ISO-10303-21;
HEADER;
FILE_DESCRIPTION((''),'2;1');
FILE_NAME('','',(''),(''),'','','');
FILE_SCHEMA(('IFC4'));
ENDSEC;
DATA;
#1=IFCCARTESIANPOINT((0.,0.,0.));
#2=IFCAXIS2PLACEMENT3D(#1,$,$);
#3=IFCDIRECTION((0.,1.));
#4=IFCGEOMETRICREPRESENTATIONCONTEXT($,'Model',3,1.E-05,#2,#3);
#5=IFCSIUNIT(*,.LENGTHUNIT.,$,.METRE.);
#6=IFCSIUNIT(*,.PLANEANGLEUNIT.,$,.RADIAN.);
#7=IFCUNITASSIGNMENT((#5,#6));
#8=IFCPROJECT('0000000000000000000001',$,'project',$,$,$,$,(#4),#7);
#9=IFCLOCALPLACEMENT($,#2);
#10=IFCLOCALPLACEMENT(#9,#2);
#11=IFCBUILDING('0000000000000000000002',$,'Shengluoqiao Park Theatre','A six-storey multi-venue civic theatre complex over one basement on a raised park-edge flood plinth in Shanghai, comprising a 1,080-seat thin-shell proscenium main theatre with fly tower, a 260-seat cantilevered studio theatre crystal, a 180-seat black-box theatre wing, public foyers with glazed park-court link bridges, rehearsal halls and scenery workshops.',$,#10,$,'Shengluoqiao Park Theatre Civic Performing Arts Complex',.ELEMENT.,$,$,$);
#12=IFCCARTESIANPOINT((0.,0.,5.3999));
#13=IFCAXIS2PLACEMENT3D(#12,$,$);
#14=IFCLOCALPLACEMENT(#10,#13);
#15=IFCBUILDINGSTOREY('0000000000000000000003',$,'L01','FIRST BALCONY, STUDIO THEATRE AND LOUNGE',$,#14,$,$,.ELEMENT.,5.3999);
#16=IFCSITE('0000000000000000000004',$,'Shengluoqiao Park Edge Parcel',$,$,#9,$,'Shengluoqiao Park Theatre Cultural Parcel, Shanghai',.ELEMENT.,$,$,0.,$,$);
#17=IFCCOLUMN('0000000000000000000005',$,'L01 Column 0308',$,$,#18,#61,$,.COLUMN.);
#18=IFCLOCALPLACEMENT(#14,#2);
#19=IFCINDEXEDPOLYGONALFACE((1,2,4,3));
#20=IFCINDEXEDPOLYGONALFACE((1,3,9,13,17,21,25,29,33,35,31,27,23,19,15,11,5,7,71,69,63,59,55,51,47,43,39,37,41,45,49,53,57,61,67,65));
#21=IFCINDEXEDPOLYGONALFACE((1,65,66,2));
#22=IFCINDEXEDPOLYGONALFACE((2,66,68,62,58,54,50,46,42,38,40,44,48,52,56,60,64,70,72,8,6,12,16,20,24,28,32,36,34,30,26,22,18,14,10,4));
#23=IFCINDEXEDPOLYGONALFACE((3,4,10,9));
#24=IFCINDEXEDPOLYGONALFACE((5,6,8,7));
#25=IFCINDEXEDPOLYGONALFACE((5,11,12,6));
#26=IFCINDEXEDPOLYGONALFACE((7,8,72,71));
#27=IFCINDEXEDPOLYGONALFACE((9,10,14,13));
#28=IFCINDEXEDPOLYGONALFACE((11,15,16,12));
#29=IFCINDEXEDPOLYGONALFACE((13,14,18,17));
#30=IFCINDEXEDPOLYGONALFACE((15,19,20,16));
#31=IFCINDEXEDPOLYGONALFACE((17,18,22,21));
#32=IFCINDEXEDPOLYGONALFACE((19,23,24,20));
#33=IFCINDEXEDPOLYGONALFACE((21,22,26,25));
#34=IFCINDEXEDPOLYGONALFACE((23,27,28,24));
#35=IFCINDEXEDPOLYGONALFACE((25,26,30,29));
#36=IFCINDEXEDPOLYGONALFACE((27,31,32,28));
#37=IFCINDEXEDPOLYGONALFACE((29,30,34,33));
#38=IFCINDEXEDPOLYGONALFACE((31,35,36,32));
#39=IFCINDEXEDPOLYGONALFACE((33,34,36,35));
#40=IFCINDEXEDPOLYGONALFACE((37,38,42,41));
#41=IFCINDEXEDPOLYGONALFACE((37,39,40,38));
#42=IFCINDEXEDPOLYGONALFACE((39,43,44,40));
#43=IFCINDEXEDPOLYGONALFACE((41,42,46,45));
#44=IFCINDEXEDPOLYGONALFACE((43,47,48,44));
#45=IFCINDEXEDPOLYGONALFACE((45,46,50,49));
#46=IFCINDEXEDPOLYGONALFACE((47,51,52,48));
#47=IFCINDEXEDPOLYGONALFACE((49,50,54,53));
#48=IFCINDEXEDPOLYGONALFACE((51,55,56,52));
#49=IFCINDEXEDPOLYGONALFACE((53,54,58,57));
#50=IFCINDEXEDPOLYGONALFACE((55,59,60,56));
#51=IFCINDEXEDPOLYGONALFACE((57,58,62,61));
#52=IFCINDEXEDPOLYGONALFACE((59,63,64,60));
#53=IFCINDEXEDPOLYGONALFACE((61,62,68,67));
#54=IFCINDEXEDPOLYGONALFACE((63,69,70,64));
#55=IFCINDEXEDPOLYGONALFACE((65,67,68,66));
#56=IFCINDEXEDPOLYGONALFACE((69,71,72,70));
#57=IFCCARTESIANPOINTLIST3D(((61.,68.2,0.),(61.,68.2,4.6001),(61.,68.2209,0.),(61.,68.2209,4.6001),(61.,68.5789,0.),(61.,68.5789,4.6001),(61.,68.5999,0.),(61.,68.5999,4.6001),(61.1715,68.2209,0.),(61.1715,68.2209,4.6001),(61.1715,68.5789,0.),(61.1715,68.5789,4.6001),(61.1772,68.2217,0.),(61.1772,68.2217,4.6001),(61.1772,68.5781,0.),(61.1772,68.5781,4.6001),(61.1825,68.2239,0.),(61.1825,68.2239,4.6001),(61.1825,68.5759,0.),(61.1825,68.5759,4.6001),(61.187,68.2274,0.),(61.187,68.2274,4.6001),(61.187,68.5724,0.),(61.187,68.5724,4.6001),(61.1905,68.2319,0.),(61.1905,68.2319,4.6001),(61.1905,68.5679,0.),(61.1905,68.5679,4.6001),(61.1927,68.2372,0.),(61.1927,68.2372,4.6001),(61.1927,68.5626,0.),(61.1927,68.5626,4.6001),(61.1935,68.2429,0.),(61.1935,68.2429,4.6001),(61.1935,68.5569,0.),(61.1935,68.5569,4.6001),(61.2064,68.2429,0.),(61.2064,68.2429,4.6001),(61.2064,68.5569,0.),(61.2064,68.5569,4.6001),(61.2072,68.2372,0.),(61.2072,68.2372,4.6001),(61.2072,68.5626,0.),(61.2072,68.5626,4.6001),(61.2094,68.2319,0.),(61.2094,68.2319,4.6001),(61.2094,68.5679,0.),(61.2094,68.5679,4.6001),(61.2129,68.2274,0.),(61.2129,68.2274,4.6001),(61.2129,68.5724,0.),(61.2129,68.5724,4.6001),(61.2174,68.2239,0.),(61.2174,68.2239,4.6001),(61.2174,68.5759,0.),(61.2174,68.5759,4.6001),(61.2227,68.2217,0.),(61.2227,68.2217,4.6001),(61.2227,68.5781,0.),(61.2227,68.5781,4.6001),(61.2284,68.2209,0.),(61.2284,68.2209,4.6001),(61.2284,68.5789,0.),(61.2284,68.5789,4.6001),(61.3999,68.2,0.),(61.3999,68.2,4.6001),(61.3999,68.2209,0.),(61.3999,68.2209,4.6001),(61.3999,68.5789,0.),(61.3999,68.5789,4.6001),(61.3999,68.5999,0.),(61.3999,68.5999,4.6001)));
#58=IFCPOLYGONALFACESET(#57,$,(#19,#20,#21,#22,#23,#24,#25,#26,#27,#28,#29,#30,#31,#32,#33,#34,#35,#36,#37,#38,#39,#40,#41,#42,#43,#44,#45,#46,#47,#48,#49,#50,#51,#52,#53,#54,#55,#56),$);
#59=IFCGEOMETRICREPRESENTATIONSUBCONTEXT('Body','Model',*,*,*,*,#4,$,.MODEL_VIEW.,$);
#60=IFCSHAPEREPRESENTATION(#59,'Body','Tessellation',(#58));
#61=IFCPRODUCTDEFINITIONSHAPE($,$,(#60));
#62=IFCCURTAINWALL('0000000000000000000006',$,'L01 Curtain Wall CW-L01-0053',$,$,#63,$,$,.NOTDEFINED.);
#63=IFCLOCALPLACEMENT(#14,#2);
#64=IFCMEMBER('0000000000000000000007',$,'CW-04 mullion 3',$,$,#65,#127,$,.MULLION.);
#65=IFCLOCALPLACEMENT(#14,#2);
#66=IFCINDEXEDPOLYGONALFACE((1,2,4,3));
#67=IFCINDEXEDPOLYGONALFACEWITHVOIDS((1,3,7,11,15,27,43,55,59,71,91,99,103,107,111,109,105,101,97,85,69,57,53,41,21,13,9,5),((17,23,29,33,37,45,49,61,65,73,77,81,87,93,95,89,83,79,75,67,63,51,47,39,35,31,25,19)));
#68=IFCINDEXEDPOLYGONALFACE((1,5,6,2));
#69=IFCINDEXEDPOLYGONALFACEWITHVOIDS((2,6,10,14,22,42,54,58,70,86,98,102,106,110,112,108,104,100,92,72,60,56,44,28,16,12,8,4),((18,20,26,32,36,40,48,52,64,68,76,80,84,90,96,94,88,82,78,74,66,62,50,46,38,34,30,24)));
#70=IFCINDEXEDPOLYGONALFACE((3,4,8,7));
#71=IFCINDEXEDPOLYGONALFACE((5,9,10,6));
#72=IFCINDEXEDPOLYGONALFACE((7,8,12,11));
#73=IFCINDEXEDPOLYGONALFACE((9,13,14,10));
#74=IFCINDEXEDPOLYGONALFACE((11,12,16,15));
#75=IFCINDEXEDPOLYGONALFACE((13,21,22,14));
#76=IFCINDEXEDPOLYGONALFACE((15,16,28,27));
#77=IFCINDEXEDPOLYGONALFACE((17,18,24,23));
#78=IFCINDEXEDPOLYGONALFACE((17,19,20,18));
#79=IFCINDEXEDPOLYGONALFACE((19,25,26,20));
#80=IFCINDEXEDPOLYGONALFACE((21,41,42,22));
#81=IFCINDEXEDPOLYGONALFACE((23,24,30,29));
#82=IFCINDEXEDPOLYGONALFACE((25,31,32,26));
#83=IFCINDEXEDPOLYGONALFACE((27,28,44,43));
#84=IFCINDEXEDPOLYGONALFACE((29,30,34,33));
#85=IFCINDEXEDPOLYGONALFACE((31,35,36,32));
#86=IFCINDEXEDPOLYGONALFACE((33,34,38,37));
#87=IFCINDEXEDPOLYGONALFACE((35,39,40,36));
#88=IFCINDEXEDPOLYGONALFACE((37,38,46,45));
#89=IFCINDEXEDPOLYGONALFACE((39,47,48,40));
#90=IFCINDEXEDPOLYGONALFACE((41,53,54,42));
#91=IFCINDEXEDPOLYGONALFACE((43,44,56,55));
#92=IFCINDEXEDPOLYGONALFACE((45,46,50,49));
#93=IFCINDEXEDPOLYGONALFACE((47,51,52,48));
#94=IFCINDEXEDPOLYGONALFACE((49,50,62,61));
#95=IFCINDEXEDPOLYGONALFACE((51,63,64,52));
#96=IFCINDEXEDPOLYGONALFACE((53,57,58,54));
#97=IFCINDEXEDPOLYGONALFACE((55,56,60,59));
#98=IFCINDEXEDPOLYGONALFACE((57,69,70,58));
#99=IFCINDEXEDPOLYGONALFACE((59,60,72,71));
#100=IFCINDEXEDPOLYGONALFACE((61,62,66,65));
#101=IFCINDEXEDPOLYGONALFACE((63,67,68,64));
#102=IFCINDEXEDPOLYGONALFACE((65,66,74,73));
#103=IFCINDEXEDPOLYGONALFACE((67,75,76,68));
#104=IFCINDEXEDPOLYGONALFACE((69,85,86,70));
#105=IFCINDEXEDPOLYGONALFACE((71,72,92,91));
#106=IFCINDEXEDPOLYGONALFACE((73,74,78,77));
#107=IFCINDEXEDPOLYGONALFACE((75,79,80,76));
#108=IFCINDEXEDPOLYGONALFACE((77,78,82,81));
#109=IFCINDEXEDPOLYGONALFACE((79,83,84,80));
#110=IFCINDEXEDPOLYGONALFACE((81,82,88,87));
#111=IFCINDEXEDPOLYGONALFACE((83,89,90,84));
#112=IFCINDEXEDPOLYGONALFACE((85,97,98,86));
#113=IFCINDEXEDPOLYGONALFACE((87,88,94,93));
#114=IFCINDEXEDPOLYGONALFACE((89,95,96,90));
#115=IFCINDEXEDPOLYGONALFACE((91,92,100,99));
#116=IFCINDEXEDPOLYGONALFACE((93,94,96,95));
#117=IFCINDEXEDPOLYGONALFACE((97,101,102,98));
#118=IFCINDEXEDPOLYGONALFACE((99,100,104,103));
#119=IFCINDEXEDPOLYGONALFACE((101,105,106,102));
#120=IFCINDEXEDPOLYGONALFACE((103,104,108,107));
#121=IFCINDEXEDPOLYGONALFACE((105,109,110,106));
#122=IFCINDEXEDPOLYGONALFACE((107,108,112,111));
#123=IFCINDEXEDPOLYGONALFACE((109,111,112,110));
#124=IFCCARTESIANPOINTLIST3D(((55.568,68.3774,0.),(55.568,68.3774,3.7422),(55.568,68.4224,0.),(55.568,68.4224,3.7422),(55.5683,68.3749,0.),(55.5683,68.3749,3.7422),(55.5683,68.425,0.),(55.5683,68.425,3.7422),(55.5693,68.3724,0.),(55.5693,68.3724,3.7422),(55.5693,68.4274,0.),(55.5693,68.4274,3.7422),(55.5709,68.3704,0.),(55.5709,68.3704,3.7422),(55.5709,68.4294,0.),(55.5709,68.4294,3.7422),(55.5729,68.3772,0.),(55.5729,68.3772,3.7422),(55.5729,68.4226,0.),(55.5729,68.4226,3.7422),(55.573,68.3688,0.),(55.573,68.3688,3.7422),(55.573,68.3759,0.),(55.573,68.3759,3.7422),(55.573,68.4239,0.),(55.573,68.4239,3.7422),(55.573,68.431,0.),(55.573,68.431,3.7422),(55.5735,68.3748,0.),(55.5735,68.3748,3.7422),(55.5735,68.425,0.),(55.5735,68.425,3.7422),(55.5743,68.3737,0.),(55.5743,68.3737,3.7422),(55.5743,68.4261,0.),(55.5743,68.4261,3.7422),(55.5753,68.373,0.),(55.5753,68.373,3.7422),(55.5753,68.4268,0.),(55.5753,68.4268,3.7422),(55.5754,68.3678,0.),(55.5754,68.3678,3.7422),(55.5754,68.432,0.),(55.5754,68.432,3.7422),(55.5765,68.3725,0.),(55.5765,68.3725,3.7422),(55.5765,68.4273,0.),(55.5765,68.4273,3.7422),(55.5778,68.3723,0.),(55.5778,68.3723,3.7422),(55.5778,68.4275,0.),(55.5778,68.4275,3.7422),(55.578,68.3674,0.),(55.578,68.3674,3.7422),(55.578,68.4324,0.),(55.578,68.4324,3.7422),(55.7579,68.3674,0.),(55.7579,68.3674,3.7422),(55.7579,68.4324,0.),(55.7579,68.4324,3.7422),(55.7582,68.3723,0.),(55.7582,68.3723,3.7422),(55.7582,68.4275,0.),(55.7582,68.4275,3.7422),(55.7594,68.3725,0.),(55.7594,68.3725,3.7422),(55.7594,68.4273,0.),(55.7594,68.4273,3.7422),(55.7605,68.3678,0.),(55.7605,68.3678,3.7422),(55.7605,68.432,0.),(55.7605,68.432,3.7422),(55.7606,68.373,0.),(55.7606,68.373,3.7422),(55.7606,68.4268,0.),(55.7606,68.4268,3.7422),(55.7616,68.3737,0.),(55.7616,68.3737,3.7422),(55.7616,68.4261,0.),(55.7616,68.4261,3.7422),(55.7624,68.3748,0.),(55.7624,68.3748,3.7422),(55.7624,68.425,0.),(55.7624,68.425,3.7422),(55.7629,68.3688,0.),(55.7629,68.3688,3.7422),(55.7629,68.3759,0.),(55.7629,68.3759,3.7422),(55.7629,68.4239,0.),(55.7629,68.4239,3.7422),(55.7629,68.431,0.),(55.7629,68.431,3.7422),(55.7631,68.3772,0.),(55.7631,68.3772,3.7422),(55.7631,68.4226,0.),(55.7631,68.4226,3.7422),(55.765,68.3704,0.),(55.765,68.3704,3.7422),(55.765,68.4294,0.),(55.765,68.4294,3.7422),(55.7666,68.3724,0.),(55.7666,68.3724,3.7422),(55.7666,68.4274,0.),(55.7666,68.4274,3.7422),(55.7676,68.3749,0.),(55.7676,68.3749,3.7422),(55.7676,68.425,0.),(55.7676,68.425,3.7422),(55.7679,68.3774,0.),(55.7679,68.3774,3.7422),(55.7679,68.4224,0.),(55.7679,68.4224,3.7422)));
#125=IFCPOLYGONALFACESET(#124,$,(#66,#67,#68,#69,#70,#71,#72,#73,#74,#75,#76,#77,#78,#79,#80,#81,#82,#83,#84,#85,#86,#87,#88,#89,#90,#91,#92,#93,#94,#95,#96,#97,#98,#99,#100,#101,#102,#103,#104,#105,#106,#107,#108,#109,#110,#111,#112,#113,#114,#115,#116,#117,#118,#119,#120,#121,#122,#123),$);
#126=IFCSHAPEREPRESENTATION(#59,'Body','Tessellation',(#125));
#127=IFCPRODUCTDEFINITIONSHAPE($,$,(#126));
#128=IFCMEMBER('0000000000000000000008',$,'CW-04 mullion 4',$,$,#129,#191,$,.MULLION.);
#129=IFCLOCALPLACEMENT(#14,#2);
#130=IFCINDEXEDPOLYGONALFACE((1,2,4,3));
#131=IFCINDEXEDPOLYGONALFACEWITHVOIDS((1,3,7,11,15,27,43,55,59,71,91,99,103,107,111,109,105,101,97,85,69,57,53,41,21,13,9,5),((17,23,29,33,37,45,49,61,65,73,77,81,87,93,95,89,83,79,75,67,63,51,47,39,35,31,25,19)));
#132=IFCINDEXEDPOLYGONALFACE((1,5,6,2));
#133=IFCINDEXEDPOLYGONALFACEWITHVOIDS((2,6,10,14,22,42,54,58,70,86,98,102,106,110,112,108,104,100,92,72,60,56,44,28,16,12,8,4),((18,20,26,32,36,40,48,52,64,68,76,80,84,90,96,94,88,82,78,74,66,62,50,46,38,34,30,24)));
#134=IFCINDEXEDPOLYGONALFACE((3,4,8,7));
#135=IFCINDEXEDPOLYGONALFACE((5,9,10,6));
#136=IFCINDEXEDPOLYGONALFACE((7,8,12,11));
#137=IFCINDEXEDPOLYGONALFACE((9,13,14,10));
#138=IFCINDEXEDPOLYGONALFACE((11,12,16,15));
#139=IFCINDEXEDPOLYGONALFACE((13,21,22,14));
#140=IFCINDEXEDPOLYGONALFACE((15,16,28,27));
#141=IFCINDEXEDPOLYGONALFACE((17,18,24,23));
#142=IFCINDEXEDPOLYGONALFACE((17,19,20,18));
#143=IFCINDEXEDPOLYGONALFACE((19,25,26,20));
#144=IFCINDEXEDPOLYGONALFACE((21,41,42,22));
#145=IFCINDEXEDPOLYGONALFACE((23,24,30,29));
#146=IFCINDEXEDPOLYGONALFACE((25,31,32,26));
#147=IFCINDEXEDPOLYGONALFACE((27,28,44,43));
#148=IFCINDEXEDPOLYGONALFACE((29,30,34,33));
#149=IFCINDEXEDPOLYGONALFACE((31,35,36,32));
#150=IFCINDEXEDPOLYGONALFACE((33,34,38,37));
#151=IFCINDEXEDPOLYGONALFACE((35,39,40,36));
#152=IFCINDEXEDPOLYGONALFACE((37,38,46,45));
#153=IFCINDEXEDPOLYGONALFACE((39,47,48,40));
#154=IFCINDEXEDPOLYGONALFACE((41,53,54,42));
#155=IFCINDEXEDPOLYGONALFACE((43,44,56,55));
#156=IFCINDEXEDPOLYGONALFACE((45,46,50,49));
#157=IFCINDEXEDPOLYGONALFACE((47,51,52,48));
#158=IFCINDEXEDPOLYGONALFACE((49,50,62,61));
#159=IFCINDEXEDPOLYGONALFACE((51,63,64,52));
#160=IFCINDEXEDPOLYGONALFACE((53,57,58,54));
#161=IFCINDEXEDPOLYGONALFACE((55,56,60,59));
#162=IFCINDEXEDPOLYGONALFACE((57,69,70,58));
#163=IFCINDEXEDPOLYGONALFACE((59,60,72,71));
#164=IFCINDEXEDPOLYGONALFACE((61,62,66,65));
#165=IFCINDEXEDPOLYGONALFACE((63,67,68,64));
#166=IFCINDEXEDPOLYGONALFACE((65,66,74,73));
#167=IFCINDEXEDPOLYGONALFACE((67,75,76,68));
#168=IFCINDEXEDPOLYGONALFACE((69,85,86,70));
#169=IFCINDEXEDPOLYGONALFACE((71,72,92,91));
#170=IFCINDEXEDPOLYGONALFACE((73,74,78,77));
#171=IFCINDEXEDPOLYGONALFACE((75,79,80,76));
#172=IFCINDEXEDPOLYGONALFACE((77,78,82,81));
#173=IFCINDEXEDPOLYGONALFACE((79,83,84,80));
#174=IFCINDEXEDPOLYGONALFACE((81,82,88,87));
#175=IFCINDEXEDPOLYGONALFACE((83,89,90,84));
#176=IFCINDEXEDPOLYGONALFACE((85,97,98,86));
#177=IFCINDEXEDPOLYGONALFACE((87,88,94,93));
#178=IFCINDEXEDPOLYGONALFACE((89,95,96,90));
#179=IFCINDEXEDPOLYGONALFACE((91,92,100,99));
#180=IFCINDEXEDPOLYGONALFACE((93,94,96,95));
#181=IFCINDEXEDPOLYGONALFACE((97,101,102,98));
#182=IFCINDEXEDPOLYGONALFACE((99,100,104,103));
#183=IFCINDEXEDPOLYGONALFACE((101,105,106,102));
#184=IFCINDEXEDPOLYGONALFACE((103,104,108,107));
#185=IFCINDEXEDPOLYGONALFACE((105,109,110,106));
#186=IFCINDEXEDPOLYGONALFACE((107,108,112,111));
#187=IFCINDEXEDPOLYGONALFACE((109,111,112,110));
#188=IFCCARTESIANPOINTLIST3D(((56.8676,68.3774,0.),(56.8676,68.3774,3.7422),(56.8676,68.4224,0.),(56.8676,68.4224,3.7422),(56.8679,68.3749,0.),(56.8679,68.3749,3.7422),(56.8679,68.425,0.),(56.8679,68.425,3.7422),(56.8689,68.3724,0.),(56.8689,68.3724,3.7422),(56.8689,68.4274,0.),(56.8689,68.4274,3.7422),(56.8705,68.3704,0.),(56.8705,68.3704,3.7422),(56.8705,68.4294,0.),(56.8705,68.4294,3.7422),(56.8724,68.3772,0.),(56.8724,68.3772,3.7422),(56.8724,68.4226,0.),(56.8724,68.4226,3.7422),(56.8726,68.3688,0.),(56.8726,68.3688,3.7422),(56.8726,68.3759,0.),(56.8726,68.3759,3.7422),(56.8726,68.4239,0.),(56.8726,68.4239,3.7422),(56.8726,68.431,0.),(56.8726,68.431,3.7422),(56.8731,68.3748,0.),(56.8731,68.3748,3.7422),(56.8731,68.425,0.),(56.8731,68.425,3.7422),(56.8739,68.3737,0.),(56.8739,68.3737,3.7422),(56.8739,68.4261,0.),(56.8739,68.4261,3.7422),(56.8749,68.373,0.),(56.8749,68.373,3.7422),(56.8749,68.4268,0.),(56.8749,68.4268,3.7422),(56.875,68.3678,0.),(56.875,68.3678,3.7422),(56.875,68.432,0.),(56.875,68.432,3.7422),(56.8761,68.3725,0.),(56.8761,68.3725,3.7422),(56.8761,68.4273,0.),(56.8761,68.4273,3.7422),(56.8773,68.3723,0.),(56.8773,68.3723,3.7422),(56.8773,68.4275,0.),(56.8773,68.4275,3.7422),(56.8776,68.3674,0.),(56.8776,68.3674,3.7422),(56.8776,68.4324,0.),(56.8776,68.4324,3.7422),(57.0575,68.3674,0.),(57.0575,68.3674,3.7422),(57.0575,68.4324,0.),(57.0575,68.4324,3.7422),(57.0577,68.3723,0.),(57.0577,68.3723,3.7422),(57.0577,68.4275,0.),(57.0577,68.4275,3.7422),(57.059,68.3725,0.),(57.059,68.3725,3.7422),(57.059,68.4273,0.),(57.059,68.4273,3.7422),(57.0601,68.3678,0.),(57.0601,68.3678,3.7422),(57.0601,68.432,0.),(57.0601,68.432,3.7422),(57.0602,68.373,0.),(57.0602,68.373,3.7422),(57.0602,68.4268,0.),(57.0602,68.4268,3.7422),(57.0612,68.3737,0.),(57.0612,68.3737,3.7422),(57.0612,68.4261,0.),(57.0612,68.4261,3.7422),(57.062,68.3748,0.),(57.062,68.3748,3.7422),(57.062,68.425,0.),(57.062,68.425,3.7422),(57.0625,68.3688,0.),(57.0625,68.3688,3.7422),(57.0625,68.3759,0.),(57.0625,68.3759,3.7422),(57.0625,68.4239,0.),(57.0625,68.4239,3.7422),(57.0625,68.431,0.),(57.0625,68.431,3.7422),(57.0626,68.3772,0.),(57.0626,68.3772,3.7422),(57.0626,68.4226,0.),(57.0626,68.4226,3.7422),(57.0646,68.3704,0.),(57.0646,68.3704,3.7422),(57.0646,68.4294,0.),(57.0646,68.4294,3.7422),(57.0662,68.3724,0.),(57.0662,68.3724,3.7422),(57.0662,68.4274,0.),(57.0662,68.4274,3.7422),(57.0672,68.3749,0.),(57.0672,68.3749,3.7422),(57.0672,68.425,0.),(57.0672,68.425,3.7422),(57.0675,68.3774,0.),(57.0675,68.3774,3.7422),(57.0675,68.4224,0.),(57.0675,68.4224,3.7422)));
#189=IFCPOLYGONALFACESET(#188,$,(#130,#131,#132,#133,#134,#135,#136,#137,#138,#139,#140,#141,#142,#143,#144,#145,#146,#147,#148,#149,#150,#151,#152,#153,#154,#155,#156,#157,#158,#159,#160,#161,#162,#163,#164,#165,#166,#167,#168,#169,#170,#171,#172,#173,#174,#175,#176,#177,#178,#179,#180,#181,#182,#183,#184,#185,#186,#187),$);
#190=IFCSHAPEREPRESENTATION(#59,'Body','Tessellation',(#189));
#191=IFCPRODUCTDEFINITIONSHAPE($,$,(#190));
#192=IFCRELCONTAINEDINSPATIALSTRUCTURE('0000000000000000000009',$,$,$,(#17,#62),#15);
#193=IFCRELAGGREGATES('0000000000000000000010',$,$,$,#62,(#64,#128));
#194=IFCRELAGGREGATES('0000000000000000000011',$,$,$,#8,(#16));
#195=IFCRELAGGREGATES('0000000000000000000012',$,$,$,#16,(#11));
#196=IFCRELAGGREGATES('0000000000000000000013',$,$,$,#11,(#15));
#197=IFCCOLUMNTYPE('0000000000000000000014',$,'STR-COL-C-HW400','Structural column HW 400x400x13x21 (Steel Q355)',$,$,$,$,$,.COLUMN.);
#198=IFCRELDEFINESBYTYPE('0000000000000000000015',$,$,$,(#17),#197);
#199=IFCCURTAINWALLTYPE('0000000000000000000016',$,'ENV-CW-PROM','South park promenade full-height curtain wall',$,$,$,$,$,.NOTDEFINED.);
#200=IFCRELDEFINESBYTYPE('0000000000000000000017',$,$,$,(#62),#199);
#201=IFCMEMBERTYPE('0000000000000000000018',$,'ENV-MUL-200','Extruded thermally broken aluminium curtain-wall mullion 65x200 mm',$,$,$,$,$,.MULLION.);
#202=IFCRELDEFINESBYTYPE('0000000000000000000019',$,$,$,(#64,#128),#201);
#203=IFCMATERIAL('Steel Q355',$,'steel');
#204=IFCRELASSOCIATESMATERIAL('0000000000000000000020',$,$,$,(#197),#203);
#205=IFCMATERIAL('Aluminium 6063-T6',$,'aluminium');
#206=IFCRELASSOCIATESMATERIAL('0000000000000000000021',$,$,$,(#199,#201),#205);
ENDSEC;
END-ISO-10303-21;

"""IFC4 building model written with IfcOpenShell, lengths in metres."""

from ifc_helpers import new_model, si_unit, direction, frame, origin, origin_2d, place, context, subcontext, project, spatial, hollow_rectangle, i_section, extrude, material, material_profile, profile_set, type_object, element, aggregate, save


model = new_model("IFC4")

# Units and contexts
model_context = context("Model", 3, precision=1e-05, world=origin(), true_north=direction((0.0, 1.0)))
body_context = subcontext(model_context, "Body", "Model", "MODEL_VIEW")
ifc_project = project(units=[si_unit("LENGTHUNIT", "METRE"), si_unit("PLANEANGLEUNIT", "RADIAN")], contexts=[model_context])

# Site, building, storey
site_placement = place(None, origin())
site = spatial("IfcSite", under=ifc_project, at=site_placement, Name="Shengluoqiao Park Edge Parcel", LongName="Shengluoqiao Park Theatre Cultural Parcel, Shanghai", CompositionType="ELEMENT", RefElevation=0.0)
building_placement = place(site_placement, origin())
building = spatial("IfcBuilding", under=site, at=building_placement, Name="Shengluoqiao Park Theatre", Description="A six-storey multi-venue civic theatre complex over one basement on a raised park-edge flood plinth in Shanghai, comprising a 1,080-seat thin-shell proscenium main theatre with fly tower, a 260-seat cantilevered studio theatre crystal, a 180-seat black-box theatre wing, public foyers with glazed park-court link bridges, rehearsal halls and scenery workshops.", LongName="Shengluoqiao Park Theatre Civic Performing Arts Complex", CompositionType="ELEMENT")
storey_placement = place(building_placement, frame((0.0, 0.0, 5.3999)))
storey = spatial("IfcBuildingStorey", under=building, at=storey_placement, Name="L01", Description="FIRST BALCONY, STUDIO THEATRE AND LOUNGE", CompositionType="ELEMENT", Elevation=5.3999)

# Column
ifc_material_1 = material(Name="Steel Q355", Category="steel")
ifc_material_profile_1 = material_profile(ifc_material_1, i_section(OverallWidth=0.3999, OverallDepth=0.3999, WebThickness=0.0129, FlangeThickness=0.021, FilletRadius=0.022, at=origin_2d()), Name="HW 400x400x13x21")
ifc_profile_set_1 = profile_set([ifc_material_profile_1], Name="Steel Q355")
column_type = type_object("IfcColumnType", Name="STR-COL-C-HW400", Description="Structural column HW 400x400x13x21 (Steel Q355)", PredefinedType="COLUMN", material=ifc_profile_set_1)
column_placement = place(storey_placement, frame((61.2, 68.3999, 0.0), z_axis=(0.0, 0.0, 1.0), x_axis=(1.0, 0.0, 0.0)))
element("IfcColumn", 1, at=column_placement, inside=storey, type_object=column_type, Name="L01 Column 0308", PredefinedType="COLUMN", context=body_context, shape_type="SweptSolid", body=[
    extrude(i_section(OverallWidth=0.3999, OverallDepth=0.3999, WebThickness=0.0129, FlangeThickness=0.021, FilletRadius=0.022, at=origin_2d()), origin(), (0.0, 0.0, 1.0), 4.6001),
])

# Curtain wall, members
ifc_material_2 = material(Name="Aluminium 6063-T6", Category="aluminium")
curtain_wall_type = type_object("IfcCurtainWallType", Name="ENV-CW-PROM", Description="South park promenade full-height curtain wall", PredefinedType="NOTDEFINED", material=ifc_material_2)
curtain_wall_1_placement = place(storey_placement, origin())
curtain_wall_1 = element("IfcCurtainWall", 2, at=curtain_wall_1_placement, inside=storey, type_object=curtain_wall_type, Name="L01 Curtain Wall CW-L01-0053", PredefinedType="NOTDEFINED")
ifc_material_profile_2 = material_profile(ifc_material_2, hollow_rectangle(XDim=0.0649, YDim=0.2, WallThickness=0.0049, InnerFilletRadius=0.0049, OuterFilletRadius=0.01, at=origin_2d()), Name="ALU MULLION 200x65x5")
ifc_profile_set_2 = profile_set([ifc_material_profile_2], Name="Aluminium 6063-T6")
member_type_1 = type_object("IfcMemberType", Name="ENV-MUL-200", Description="Extruded thermally broken aluminium curtain-wall mullion 65x200 mm", PredefinedType="MULLION", material=ifc_profile_set_2)
member_1_placement = place(storey_placement, frame((55.668, 68.3999, 0.0), z_axis=(0.0, 0.0, 1.0), x_axis=(0.0, 1.0, 0.0)))
member_1 = element("IfcMember", 3, at=member_1_placement, type_object=member_type_1, Name="CW-04 mullion 3", PredefinedType="MULLION", context=body_context, shape_type="SweptSolid", body=[
    extrude(hollow_rectangle(XDim=0.0649, YDim=0.2, WallThickness=0.0049, InnerFilletRadius=0.0049, OuterFilletRadius=0.01, at=origin_2d()), origin(), (0.0, 0.0, 1.0), 3.7422),
])
member_2_placement = place(storey_placement, frame((56.9675, 68.3999, 0.0), z_axis=(0.0, 0.0, 1.0), x_axis=(0.0, 1.0, 0.0)))
member_2 = element("IfcMember", 4, at=member_2_placement, type_object=member_type_1, Name="CW-04 mullion 4", PredefinedType="MULLION", context=body_context, shape_type="SweptSolid", body=[
    extrude(hollow_rectangle(XDim=0.0649, YDim=0.2, WallThickness=0.0049, InnerFilletRadius=0.0049, OuterFilletRadius=0.01, at=origin_2d()), origin(), (0.0, 0.0, 1.0), 3.7422),
])

aggregate(curtain_wall_1, [member_1, member_2])

save(model, "model.ifc")
